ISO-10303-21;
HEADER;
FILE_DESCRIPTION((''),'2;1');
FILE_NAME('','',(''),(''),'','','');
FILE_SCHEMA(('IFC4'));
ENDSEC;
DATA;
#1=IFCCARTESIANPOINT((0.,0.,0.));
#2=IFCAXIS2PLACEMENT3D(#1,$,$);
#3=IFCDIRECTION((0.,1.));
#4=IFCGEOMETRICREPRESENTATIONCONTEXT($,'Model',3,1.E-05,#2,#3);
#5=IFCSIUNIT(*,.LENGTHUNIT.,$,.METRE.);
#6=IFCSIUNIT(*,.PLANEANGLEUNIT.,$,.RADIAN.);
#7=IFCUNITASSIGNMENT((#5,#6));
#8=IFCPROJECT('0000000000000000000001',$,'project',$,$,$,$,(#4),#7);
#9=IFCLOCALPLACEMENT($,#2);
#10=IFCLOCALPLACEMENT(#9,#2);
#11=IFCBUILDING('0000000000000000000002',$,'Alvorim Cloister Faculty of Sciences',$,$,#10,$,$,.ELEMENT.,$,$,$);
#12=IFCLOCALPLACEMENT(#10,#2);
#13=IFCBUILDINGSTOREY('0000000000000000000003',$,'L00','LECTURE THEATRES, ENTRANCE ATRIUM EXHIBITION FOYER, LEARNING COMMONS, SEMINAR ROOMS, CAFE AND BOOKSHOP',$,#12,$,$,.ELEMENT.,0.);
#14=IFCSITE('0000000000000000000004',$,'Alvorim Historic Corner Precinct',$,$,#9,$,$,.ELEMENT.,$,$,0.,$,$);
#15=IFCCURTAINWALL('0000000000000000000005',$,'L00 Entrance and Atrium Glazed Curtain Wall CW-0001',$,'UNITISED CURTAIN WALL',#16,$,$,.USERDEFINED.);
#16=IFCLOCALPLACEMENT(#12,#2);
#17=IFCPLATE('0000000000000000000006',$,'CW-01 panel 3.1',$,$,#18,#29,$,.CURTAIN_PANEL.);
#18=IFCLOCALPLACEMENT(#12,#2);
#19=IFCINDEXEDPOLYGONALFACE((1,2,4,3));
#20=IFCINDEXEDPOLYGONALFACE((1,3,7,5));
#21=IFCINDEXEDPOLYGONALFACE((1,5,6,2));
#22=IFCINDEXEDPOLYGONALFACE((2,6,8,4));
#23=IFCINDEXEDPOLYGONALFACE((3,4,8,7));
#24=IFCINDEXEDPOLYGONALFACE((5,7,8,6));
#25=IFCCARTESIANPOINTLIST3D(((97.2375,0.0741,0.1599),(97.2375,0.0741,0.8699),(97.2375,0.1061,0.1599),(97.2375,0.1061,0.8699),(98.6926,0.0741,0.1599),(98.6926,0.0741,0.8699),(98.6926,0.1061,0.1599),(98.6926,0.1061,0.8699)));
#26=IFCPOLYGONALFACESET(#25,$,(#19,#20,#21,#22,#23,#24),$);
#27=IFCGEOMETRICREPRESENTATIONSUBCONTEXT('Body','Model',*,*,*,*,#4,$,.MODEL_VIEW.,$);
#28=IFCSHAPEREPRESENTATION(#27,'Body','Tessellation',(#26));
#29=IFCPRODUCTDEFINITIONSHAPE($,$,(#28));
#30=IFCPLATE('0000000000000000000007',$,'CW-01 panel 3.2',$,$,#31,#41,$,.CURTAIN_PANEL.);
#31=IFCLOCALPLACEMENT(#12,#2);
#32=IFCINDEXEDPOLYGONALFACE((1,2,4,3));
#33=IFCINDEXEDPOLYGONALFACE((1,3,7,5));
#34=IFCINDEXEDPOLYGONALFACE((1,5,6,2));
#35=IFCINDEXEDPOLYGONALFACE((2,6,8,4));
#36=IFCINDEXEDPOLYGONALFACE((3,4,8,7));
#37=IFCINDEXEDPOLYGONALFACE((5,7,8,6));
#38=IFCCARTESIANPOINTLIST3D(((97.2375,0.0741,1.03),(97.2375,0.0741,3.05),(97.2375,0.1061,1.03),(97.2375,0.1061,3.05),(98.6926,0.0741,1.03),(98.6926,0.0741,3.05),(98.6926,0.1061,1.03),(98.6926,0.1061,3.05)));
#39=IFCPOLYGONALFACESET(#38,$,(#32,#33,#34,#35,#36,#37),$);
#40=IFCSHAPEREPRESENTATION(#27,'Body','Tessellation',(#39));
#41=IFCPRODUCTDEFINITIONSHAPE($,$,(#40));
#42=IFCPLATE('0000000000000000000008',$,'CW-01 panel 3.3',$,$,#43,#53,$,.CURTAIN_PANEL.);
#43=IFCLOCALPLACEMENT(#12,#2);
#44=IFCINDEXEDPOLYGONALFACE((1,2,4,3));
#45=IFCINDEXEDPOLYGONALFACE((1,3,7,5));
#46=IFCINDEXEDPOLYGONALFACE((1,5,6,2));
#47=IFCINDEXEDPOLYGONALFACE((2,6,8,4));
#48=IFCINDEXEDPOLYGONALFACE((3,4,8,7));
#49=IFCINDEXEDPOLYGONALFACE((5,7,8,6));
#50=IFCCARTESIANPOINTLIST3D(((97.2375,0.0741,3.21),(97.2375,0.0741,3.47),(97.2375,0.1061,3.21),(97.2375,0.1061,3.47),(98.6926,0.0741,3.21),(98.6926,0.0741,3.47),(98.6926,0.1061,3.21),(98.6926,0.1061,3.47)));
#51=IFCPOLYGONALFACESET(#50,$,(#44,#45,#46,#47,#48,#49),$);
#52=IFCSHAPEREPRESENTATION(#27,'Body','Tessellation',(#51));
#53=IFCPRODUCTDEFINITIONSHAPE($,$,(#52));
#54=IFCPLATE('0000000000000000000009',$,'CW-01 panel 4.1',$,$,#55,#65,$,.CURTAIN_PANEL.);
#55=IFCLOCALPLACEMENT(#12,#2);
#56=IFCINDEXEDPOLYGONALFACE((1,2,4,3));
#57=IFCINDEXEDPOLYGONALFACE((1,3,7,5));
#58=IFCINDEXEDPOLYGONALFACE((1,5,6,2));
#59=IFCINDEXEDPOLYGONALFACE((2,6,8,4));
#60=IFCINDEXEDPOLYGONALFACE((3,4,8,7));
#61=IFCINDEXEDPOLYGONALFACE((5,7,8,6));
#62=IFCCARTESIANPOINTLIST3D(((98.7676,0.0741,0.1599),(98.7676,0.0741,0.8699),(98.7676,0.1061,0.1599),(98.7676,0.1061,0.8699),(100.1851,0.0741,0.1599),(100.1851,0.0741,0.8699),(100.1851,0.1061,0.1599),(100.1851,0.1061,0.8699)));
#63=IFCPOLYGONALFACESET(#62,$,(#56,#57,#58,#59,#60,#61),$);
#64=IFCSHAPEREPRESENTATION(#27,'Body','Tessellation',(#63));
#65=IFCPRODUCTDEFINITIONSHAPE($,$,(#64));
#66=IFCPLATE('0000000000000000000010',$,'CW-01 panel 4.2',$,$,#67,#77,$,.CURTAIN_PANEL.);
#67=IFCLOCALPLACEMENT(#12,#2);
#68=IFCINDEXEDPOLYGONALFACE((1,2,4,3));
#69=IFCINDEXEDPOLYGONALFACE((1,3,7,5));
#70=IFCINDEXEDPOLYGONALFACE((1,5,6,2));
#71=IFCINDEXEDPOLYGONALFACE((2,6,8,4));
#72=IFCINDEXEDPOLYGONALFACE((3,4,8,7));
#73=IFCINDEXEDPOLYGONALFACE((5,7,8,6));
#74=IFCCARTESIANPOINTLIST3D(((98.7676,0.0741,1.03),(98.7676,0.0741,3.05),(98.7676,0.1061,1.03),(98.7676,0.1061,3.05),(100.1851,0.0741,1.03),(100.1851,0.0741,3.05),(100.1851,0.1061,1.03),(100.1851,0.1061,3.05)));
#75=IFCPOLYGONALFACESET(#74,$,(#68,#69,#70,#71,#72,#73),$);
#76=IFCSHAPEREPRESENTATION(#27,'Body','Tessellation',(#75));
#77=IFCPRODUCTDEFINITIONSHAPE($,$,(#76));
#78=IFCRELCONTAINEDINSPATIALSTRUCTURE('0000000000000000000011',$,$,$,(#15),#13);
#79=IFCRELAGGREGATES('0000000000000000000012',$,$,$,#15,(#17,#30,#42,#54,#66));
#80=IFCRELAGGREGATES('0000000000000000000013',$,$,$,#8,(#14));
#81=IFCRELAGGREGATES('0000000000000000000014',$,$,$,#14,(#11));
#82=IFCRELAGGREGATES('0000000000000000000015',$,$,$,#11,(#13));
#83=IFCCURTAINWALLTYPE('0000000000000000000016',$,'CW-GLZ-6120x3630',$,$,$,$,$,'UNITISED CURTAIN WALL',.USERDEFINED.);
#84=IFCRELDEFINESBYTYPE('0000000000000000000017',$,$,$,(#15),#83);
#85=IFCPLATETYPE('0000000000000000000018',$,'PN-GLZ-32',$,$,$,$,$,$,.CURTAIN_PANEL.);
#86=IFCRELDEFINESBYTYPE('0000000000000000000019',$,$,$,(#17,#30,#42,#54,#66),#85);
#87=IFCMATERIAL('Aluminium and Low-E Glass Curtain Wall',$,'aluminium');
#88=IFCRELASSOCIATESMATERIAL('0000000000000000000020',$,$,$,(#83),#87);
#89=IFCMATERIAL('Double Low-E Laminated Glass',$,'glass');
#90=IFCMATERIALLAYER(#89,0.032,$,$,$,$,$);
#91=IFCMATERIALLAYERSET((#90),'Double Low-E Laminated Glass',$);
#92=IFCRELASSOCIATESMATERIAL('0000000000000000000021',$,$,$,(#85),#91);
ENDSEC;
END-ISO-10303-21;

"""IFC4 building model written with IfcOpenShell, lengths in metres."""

from ifc_helpers import new_model, si_unit, direction, frame, origin, origin_2d, place, context, subcontext, project, spatial, rectangle, extrude, material, layer, layer_set, type_object, element, aggregate, save


model = new_model("IFC4")

# Units and contexts
model_context = context("Model", 3, precision=1e-05, world=origin(), true_north=direction((0.0, 1.0)))
body_context = subcontext(model_context, "Body", "Model", "MODEL_VIEW")
ifc_project = project(units=[si_unit("LENGTHUNIT", "METRE"), si_unit("PLANEANGLEUNIT", "RADIAN")], contexts=[model_context])

# Site, building, storey
site_placement = place(None, origin())
site = spatial("IfcSite", under=ifc_project, at=site_placement, Name="Alvorim Historic Corner Precinct", CompositionType="ELEMENT", RefElevation=0.0)
building_placement = place(site_placement, origin())
building = spatial("IfcBuilding", under=site, at=building_placement, Name="Alvorim Cloister Faculty of Sciences", CompositionType="ELEMENT")
storey_placement = place(building_placement, origin())
storey = spatial("IfcBuildingStorey", under=building, at=storey_placement, Name="L00", Description="LECTURE THEATRES, ENTRANCE ATRIUM EXHIBITION FOYER, LEARNING COMMONS, SEMINAR ROOMS, CAFE AND BOOKSHOP", CompositionType="ELEMENT", Elevation=0.0)

# Curtain wall, plates
ifc_material_1 = material(Name="Aluminium and Low-E Glass Curtain Wall", Category="aluminium")
curtain_wall_type = type_object("IfcCurtainWallType", Name="CW-GLZ-6120x3630", ElementType="UNITISED CURTAIN WALL", PredefinedType="USERDEFINED", material=ifc_material_1)
curtain_wall_placement = place(storey_placement, origin())
curtain_wall = element("IfcCurtainWall", 1, at=curtain_wall_placement, inside=storey, type_object=curtain_wall_type, Name="L00 Entrance and Atrium Glazed Curtain Wall CW-0001", ObjectType="UNITISED CURTAIN WALL", PredefinedType="USERDEFINED")
ifc_material_2 = material(Name="Double Low-E Laminated Glass", Category="glass")
ifc_layer = layer(ifc_material_2, 0.032)
ifc_layer_set = layer_set([ifc_layer], Name="Double Low-E Laminated Glass")
plate_type = type_object("IfcPlateType", Name="PN-GLZ-32", PredefinedType="CURTAIN_PANEL", material=ifc_layer_set)
plate_1_placement = place(storey_placement, frame((97.9651, 0.0901, 0.1599), z_axis=(0.0, 0.0, 1.0), x_axis=(1.0, 0.0, 0.0)))
plate_1 = element("IfcPlate", 2, at=plate_1_placement, type_object=plate_type, Name="CW-01 panel 3.1", PredefinedType="CURTAIN_PANEL", context=body_context, shape_type="SweptSolid", body=[
    extrude(rectangle(XDim=1.4551, YDim=0.032, at=origin_2d()), origin(), (0.0, 0.0, 1.0), 0.71),
])
plate_2_placement = place(storey_placement, frame((97.9651, 0.0901, 1.03), z_axis=(0.0, 0.0, 1.0), x_axis=(1.0, 0.0, 0.0)))
plate_2 = element("IfcPlate", 3, at=plate_2_placement, type_object=plate_type, Name="CW-01 panel 3.2", PredefinedType="CURTAIN_PANEL", context=body_context, shape_type="SweptSolid", body=[
    extrude(rectangle(XDim=1.4551, YDim=0.032, at=origin_2d()), origin(), (0.0, 0.0, 1.0), 2.02),
])
plate_3_placement = place(storey_placement, frame((97.9651, 0.0901, 3.21), z_axis=(0.0, 0.0, 1.0), x_axis=(1.0, 0.0, 0.0)))
plate_3 = element("IfcPlate", 4, at=plate_3_placement, type_object=plate_type, Name="CW-01 panel 3.3", PredefinedType="CURTAIN_PANEL", context=body_context, shape_type="SweptSolid", body=[
    extrude(rectangle(XDim=1.4551, YDim=0.032, at=origin_2d()), origin(), (0.0, 0.0, 1.0), 0.26),
])
plate_4_placement = place(storey_placement, frame((99.4763, 0.0901, 0.1599), z_axis=(0.0, 0.0, 1.0), x_axis=(1.0, 0.0, 0.0)))
plate_4 = element("IfcPlate", 5, at=plate_4_placement, type_object=plate_type, Name="CW-01 panel 4.1", PredefinedType="CURTAIN_PANEL", context=body_context, shape_type="SweptSolid", body=[
    extrude(rectangle(XDim=1.4175, YDim=0.032, at=origin_2d()), origin(), (0.0, 0.0, 1.0), 0.71),
])
plate_5_placement = place(storey_placement, frame((99.4763, 0.0901, 1.03), z_axis=(0.0, 0.0, 1.0), x_axis=(1.0, 0.0, 0.0)))
plate_5 = element("IfcPlate", 6, at=plate_5_placement, type_object=plate_type, Name="CW-01 panel 4.2", PredefinedType="CURTAIN_PANEL", context=body_context, shape_type="SweptSolid", body=[
    extrude(rectangle(XDim=1.4175, YDim=0.032, at=origin_2d()), origin(), (0.0, 0.0, 1.0), 2.02),
])
aggregate(curtain_wall, [plate_1, plate_2, plate_3, plate_4, plate_5])

save(model, "model.ifc")
